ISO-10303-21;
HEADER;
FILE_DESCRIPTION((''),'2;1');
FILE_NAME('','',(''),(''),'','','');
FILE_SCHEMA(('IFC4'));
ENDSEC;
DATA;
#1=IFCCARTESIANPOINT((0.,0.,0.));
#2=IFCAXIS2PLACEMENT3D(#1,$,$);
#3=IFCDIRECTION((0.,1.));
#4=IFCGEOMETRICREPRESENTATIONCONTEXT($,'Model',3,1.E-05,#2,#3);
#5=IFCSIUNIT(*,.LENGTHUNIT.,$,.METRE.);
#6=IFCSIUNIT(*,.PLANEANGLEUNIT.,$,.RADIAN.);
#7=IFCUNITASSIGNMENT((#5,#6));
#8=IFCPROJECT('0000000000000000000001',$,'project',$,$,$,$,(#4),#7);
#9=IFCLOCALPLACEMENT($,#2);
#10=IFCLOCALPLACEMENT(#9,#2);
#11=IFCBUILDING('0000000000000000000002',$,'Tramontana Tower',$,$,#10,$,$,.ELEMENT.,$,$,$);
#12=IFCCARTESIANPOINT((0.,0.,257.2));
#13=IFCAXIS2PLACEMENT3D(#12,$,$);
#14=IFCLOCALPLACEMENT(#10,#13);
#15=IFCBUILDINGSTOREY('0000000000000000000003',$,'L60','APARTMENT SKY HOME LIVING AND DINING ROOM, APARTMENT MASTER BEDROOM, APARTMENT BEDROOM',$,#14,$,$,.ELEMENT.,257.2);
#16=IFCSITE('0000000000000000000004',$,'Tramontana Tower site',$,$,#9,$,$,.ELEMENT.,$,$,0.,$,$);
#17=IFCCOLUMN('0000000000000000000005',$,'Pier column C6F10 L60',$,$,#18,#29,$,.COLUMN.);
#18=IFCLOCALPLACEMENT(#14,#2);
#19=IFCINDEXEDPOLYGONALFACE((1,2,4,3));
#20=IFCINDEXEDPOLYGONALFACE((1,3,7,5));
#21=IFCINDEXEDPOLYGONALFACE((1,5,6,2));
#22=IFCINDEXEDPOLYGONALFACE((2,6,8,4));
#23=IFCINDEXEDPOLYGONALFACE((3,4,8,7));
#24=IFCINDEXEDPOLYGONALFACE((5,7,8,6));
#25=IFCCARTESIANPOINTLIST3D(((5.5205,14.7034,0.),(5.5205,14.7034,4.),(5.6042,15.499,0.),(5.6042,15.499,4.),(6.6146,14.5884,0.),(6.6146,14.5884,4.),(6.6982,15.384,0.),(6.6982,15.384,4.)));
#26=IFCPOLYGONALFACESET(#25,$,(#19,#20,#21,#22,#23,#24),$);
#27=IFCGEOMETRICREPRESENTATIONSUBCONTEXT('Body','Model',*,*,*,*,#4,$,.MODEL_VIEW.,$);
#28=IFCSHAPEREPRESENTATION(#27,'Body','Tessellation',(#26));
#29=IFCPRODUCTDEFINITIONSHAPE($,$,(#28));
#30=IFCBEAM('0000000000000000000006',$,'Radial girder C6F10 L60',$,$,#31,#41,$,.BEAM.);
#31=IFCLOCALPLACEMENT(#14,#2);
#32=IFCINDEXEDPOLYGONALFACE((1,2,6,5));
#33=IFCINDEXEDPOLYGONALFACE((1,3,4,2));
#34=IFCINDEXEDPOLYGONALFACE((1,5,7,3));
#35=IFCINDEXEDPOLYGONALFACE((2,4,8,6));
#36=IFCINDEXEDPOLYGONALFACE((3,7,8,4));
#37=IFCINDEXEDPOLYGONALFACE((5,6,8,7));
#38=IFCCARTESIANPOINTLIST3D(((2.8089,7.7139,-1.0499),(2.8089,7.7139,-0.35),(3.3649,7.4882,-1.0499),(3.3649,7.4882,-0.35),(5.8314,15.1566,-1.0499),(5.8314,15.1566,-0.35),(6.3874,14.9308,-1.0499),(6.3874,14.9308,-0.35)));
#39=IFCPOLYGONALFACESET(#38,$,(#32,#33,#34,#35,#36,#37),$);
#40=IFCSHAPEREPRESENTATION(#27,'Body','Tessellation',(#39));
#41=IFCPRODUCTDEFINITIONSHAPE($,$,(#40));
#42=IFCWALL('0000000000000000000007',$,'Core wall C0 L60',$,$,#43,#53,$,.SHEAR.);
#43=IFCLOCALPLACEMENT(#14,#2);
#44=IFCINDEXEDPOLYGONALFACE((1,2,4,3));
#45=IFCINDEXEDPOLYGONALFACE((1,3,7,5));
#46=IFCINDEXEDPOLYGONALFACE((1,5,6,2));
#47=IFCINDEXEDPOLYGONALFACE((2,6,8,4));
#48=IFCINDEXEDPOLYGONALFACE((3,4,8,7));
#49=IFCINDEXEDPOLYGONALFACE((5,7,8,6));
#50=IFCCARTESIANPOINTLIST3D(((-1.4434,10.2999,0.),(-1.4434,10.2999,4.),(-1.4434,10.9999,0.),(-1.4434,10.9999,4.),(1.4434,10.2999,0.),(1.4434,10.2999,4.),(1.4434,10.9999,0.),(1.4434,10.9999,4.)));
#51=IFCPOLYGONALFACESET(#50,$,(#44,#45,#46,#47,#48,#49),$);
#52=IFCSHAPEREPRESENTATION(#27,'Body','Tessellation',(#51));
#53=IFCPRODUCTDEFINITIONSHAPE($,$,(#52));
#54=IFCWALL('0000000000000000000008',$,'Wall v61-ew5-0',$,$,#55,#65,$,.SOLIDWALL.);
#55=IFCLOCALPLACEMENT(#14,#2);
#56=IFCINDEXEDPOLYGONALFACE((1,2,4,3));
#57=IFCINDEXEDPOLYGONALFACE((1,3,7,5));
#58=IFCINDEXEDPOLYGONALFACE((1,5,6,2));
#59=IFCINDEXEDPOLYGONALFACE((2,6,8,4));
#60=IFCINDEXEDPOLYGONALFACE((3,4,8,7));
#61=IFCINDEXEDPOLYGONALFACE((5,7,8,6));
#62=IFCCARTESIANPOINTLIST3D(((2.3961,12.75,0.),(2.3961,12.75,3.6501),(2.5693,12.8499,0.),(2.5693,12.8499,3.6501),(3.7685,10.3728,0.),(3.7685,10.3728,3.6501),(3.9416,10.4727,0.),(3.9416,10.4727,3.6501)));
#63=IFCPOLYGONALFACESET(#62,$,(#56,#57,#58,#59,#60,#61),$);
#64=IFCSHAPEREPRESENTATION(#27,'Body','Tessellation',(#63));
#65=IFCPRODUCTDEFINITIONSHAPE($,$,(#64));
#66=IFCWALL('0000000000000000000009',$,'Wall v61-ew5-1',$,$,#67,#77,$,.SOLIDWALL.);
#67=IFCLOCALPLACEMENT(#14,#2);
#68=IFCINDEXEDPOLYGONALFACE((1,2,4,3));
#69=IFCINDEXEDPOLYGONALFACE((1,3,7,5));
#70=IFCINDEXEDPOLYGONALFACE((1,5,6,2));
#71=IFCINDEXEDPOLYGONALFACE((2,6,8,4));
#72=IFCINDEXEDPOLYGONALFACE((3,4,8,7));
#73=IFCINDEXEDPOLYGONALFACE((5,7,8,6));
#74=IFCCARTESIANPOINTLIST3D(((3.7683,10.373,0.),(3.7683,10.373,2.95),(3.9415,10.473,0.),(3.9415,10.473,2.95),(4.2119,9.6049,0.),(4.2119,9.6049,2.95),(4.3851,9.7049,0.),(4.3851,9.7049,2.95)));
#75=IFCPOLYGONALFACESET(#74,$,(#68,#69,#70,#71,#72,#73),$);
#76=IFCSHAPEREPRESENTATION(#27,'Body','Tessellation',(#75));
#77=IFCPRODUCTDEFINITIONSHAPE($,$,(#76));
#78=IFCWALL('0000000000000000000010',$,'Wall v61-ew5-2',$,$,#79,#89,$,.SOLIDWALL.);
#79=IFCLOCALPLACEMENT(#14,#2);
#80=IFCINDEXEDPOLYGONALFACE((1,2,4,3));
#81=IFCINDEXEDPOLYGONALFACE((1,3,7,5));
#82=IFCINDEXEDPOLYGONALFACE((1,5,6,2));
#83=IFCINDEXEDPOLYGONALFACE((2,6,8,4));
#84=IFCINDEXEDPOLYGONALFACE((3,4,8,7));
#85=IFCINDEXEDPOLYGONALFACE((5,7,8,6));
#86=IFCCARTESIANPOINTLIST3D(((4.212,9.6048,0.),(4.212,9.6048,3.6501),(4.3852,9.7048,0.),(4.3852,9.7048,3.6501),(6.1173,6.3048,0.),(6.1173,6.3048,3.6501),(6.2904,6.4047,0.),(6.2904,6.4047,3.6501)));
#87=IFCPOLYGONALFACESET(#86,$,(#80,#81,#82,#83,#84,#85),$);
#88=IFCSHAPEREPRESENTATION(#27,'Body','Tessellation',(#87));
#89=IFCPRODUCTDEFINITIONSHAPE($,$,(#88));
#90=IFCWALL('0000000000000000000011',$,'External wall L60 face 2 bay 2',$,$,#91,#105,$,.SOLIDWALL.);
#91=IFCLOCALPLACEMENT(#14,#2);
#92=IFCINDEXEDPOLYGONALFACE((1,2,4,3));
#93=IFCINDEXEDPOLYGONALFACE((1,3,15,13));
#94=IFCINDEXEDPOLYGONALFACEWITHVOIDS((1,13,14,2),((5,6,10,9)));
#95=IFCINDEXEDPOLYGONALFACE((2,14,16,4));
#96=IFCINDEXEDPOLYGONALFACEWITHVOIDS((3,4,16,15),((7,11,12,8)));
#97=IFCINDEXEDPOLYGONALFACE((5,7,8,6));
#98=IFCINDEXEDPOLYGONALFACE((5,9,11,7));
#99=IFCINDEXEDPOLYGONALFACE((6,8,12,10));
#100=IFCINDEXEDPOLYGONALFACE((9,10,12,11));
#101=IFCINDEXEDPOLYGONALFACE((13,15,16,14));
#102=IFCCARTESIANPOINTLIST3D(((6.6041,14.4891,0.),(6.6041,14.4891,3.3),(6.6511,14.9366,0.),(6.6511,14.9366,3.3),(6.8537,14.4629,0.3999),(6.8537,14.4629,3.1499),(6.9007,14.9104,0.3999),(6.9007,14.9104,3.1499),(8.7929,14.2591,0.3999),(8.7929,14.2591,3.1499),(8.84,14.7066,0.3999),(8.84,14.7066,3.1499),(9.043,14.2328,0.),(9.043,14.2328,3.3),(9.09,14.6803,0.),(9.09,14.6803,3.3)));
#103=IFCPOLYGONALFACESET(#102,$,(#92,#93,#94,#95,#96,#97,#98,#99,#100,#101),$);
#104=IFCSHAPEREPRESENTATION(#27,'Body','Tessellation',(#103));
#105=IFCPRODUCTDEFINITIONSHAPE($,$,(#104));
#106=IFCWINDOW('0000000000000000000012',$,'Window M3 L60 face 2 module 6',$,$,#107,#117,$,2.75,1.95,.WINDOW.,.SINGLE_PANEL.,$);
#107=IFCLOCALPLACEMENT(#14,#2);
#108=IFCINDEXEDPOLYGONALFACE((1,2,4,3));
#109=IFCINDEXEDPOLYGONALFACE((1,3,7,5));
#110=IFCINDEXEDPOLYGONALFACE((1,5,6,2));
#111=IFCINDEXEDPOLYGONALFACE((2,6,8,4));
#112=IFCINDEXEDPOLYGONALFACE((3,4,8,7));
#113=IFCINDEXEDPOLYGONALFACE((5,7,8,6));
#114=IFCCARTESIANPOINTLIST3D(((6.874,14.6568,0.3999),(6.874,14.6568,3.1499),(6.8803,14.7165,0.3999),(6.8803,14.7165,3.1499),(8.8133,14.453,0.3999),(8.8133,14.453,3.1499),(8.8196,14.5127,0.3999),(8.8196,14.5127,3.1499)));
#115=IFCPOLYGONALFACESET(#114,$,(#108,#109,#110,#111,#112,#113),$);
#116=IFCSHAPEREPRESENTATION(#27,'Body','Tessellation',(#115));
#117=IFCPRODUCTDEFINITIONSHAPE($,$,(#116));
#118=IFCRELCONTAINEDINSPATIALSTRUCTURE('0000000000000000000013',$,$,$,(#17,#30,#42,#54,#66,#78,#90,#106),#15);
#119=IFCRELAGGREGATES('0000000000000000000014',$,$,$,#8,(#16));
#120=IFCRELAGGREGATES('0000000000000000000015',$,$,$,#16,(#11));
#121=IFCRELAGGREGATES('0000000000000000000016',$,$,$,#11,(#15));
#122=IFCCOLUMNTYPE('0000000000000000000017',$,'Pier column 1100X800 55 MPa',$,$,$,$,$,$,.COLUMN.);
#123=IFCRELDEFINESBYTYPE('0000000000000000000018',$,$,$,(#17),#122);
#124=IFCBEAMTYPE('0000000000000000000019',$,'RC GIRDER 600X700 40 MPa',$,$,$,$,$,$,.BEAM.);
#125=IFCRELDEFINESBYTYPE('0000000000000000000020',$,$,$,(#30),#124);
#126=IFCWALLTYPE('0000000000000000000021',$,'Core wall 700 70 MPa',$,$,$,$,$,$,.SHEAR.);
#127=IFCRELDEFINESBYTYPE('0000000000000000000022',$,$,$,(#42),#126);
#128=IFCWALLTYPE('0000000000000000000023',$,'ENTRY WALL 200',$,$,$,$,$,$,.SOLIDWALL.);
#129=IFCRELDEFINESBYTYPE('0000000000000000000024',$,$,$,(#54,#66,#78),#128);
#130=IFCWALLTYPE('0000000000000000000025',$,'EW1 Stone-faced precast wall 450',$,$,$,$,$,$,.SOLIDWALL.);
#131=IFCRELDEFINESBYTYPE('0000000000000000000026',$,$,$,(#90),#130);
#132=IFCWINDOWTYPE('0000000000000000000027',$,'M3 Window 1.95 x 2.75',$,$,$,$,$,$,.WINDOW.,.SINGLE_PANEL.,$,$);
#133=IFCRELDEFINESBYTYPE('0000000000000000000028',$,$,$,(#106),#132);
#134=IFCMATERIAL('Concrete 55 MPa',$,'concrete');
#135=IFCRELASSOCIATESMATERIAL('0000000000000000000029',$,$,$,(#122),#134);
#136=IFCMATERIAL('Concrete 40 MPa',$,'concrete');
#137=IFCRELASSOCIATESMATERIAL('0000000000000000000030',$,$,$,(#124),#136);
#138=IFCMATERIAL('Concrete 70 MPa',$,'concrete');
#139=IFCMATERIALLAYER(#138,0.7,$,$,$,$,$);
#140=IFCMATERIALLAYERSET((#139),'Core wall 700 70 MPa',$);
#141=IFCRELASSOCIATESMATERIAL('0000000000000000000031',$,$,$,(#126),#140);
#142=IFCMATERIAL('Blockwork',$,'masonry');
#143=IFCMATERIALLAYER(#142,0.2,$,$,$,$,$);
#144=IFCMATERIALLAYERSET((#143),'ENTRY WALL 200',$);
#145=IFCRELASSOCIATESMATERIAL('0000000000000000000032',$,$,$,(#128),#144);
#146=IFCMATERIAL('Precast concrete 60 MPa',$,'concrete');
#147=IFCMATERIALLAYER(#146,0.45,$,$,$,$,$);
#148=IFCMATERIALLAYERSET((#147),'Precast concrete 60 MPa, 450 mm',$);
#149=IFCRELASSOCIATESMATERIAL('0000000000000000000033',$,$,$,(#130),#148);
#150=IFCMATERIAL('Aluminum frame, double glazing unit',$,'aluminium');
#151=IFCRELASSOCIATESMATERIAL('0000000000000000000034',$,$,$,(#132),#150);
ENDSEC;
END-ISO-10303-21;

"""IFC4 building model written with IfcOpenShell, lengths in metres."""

from ifc_helpers import new_model, si_unit, direction, frame, frame_2d, origin, origin_2d, place, context, subcontext, project, spatial, rectangle, extrude, material, layer, layer_set, material_profile, profile_set, type_object, element, fill, save


model = new_model("IFC4")

# Units and contexts
model_context = context("Model", 3, precision=1e-05, world=origin(), true_north=direction((0.0, 1.0)))
body_context = subcontext(model_context, "Body", "Model", "MODEL_VIEW")
ifc_project = project(units=[si_unit("LENGTHUNIT", "METRE"), si_unit("PLANEANGLEUNIT", "RADIAN")], contexts=[model_context])

# Site, building, storey
site_placement = place(None, origin())
site = spatial("IfcSite", under=ifc_project, at=site_placement, Name="Tramontana Tower site", CompositionType="ELEMENT", RefElevation=0.0)
building_placement = place(site_placement, origin())
building = spatial("IfcBuilding", under=site, at=building_placement, Name="Tramontana Tower", CompositionType="ELEMENT")
storey_placement = place(building_placement, frame((0.0, 0.0, 257.2)))
storey = spatial("IfcBuildingStorey", under=building, at=storey_placement, Name="L60", Description="APARTMENT SKY HOME LIVING AND DINING ROOM, APARTMENT MASTER BEDROOM, APARTMENT BEDROOM", CompositionType="ELEMENT", Elevation=257.2)

# Column
ifc_material_1 = material(Name="Concrete 55 MPa", Category="concrete")
ifc_material_profile_1 = material_profile(ifc_material_1, rectangle(XDim=1.1001, YDim=0.8, at=origin_2d()), Name="Pier column 1100X800 55 MPa")
ifc_profile_set_1 = profile_set([ifc_material_profile_1], Name="Concrete 55 MPa")
column_type = type_object("IfcColumnType", Name="Pier column 1100X800 55 MPa", PredefinedType="COLUMN", material=ifc_profile_set_1)
column_placement = place(storey_placement, frame((6.1094, 15.0437, 0.0), z_axis=(0.0, 0.0, 1.0), x_axis=(-0.994522, 0.104528, 0.0)))
element("IfcColumn", 1, at=column_placement, inside=storey, type_object=column_type, Name="Pier column C6F10 L60", PredefinedType="COLUMN", context=body_context, shape_type="SweptSolid", body=[
    extrude(rectangle(XDim=1.1001, YDim=0.8, at=origin_2d()), origin(), (0.0, 0.0, 1.0), 4.0),
])

# Beam
ifc_material_2 = material(Name="Concrete 40 MPa", Category="concrete")
ifc_material_profile_2 = material_profile(ifc_material_2, rectangle(XDim=0.6001, YDim=0.7, at=origin_2d()), Name="RC GIRDER 600X700 40 MPa")
ifc_profile_set_2 = profile_set([ifc_material_profile_2], Name="Concrete 40 MPa")
beam_type = type_object("IfcBeamType", Name="RC GIRDER 600X700 40 MPa", PredefinedType="BEAM", material=ifc_profile_set_2)
beam_placement = place(storey_placement, frame((6.1094, 15.0437, -0.7), z_axis=(-0.376259, -0.926515, 0.0), x_axis=(0.926515, -0.376259, 0.0)))
element("IfcBeam", 2, at=beam_placement, inside=storey, type_object=beam_type, Name="Radial girder C6F10 L60", PredefinedType="BEAM", context=body_context, shape_type="SweptSolid", body=[
    extrude(rectangle(XDim=0.6001, YDim=0.7, at=origin_2d()), origin(), (0.0, 0.0, 1.0), 8.033),
])

# Walls
ifc_material_3 = material(Name="Concrete 70 MPa", Category="concrete")
ifc_layer_1 = layer(ifc_material_3, 0.7)
ifc_layer_set_1 = layer_set([ifc_layer_1], Name="Core wall 700 70 MPa")
wall_type_1 = type_object("IfcWallType", Name="Core wall 700 70 MPa", PredefinedType="SHEAR", material=ifc_layer_set_1)
wall_1_placement = place(storey_placement, frame((1.4434, 10.6499, 0.0), z_axis=(0.0, 0.0, 1.0), x_axis=(-1.0, 0.0, 0.0)))
element("IfcWall", 3, at=wall_1_placement, inside=storey, type_object=wall_type_1, Name="Core wall C0 L60", PredefinedType="SHEAR", context=body_context, shape_type="SweptSolid", body=[
    extrude(rectangle(XDim=2.8867, YDim=0.7, at=frame_2d((1.4434, 0.0))), origin(), (0.0, 0.0, 1.0), 4.0),
])
ifc_material_4 = material(Name="Blockwork", Category="masonry")
ifc_layer_2 = layer(ifc_material_4, 0.2)
ifc_layer_set_2 = layer_set([ifc_layer_2], Name="ENTRY WALL 200")
wall_type_2 = type_object("IfcWallType", Name="ENTRY WALL 200", PredefinedType="SOLIDWALL", material=ifc_layer_set_2)
wall_2_placement = place(storey_placement, frame((2.4827, 12.8, 0.0), z_axis=(0.0, 0.0, 1.0), x_axis=(0.499956, -0.866051, 0.0)))
element("IfcWall", 4, at=wall_2_placement, inside=storey, type_object=wall_type_2, Name="Wall v61-ew5-0", PredefinedType="SOLIDWALL", context=body_context, shape_type="SweptSolid", body=[
    extrude(rectangle(XDim=2.7449, YDim=0.2, at=frame_2d((1.3726, 0.0))), origin(), (0.0, 0.0, 1.0), 3.6501),
])
wall_3_placement = place(storey_placement, frame((3.855, 10.4229, 0.0), z_axis=(0.0, 0.0, 1.0), x_axis=(0.500135, -0.865947, 0.0)))
element("IfcWall", 5, at=wall_3_placement, inside=storey, type_object=wall_type_2, Name="Wall v61-ew5-1", PredefinedType="SOLIDWALL", context=body_context, shape_type="SweptSolid", body=[
    extrude(rectangle(XDim=0.887, YDim=0.2, at=frame_2d((0.4434, 0.0))), origin(), (0.0, 0.0, 1.0), 2.95),
])
wall_4_placement = place(storey_placement, frame((4.2986, 9.6548, 0.0), z_axis=(0.0, 0.0, 1.0), x_axis=(0.499998, -0.866027, 0.0)))
element("IfcWall", 6, at=wall_4_placement, inside=storey, type_object=wall_type_2, Name="Wall v61-ew5-2", PredefinedType="SOLIDWALL", context=body_context, shape_type="SweptSolid", body=[
    extrude(rectangle(XDim=3.8105, YDim=0.2, at=frame_2d((1.9053, 0.0))), origin(), (0.0, 0.0, 1.0), 3.6501),
])

# Wall, opening, window
ifc_material_5 = material(Name="Precast concrete 60 MPa", Category="concrete")
ifc_layer_3 = layer(ifc_material_5, 0.45)
ifc_layer_set_3 = layer_set([ifc_layer_3], Name="Precast concrete 60 MPa, 450 mm")
wall_type_3 = type_object("IfcWallType", Name="EW1 Stone-faced precast wall 450", PredefinedType="SOLIDWALL", material=ifc_layer_set_3)
wall_5_placement = place(storey_placement, frame((9.0664, 14.4565, 0.0), z_axis=(0.0, 0.0, 1.0), x_axis=(-0.994522, 0.104529, 0.0)))
wall_5 = element("IfcWall", 7, at=wall_5_placement, inside=storey, type_object=wall_type_3, Name="External wall L60 face 2 bay 2", PredefinedType="SOLIDWALL", context=body_context, shape_type="SweptSolid", body=[
    extrude(rectangle(XDim=2.4524, YDim=0.45, at=frame_2d((1.2261, 0.0))), origin(), (0.0, 0.0, 1.0), 3.3),
])
opening_1_placement = place(wall_5_placement, frame((0.2512, 0.0, 0.3999)))
opening_1 = element("IfcOpeningElement", 8, at=opening_1_placement, cuts=wall_5, PredefinedType="OPENING", context=body_context, shape_type="SweptSolid", body=[
    extrude(rectangle(XDim=1.95, YDim=2.75, at=frame_2d((0.9751, 1.375))), frame((0.0, 0.2349, 0.0), z_axis=(0.0, -1.0, 0.0), x_axis=(1.0, 0.0, 0.0)), (0.0, 0.0, 1.0), 0.47),
])
ifc_material_6 = material(Name="Aluminum frame, double glazing unit", Category="aluminium")
window_type = type_object("IfcWindowType", Name="M3 Window 1.95 x 2.75", PartitioningType="SINGLE_PANEL", PredefinedType="WINDOW", material=ifc_material_6)
window_1_placement = place(opening_1_placement, origin())
window_1 = element("IfcWindow", 9, at=window_1_placement, inside=storey, type_object=window_type, Name="Window M3 L60 face 2 module 6", OverallHeight=2.75, OverallWidth=1.95, PartitioningType="SINGLE_PANEL", PredefinedType="WINDOW", context=body_context, shape_type="SweptSolid", body=[
    extrude(rectangle(XDim=1.95, YDim=2.75, at=frame_2d((0.9751, 1.375))), frame((0.0, 0.03, 0.0), z_axis=(0.0, -1.0, 0.0), x_axis=(1.0, 0.0, 0.0)), (0.0, 0.0, 1.0), 0.0601),
])
fill(opening_1, window_1)

save(model, "model.ifc")
